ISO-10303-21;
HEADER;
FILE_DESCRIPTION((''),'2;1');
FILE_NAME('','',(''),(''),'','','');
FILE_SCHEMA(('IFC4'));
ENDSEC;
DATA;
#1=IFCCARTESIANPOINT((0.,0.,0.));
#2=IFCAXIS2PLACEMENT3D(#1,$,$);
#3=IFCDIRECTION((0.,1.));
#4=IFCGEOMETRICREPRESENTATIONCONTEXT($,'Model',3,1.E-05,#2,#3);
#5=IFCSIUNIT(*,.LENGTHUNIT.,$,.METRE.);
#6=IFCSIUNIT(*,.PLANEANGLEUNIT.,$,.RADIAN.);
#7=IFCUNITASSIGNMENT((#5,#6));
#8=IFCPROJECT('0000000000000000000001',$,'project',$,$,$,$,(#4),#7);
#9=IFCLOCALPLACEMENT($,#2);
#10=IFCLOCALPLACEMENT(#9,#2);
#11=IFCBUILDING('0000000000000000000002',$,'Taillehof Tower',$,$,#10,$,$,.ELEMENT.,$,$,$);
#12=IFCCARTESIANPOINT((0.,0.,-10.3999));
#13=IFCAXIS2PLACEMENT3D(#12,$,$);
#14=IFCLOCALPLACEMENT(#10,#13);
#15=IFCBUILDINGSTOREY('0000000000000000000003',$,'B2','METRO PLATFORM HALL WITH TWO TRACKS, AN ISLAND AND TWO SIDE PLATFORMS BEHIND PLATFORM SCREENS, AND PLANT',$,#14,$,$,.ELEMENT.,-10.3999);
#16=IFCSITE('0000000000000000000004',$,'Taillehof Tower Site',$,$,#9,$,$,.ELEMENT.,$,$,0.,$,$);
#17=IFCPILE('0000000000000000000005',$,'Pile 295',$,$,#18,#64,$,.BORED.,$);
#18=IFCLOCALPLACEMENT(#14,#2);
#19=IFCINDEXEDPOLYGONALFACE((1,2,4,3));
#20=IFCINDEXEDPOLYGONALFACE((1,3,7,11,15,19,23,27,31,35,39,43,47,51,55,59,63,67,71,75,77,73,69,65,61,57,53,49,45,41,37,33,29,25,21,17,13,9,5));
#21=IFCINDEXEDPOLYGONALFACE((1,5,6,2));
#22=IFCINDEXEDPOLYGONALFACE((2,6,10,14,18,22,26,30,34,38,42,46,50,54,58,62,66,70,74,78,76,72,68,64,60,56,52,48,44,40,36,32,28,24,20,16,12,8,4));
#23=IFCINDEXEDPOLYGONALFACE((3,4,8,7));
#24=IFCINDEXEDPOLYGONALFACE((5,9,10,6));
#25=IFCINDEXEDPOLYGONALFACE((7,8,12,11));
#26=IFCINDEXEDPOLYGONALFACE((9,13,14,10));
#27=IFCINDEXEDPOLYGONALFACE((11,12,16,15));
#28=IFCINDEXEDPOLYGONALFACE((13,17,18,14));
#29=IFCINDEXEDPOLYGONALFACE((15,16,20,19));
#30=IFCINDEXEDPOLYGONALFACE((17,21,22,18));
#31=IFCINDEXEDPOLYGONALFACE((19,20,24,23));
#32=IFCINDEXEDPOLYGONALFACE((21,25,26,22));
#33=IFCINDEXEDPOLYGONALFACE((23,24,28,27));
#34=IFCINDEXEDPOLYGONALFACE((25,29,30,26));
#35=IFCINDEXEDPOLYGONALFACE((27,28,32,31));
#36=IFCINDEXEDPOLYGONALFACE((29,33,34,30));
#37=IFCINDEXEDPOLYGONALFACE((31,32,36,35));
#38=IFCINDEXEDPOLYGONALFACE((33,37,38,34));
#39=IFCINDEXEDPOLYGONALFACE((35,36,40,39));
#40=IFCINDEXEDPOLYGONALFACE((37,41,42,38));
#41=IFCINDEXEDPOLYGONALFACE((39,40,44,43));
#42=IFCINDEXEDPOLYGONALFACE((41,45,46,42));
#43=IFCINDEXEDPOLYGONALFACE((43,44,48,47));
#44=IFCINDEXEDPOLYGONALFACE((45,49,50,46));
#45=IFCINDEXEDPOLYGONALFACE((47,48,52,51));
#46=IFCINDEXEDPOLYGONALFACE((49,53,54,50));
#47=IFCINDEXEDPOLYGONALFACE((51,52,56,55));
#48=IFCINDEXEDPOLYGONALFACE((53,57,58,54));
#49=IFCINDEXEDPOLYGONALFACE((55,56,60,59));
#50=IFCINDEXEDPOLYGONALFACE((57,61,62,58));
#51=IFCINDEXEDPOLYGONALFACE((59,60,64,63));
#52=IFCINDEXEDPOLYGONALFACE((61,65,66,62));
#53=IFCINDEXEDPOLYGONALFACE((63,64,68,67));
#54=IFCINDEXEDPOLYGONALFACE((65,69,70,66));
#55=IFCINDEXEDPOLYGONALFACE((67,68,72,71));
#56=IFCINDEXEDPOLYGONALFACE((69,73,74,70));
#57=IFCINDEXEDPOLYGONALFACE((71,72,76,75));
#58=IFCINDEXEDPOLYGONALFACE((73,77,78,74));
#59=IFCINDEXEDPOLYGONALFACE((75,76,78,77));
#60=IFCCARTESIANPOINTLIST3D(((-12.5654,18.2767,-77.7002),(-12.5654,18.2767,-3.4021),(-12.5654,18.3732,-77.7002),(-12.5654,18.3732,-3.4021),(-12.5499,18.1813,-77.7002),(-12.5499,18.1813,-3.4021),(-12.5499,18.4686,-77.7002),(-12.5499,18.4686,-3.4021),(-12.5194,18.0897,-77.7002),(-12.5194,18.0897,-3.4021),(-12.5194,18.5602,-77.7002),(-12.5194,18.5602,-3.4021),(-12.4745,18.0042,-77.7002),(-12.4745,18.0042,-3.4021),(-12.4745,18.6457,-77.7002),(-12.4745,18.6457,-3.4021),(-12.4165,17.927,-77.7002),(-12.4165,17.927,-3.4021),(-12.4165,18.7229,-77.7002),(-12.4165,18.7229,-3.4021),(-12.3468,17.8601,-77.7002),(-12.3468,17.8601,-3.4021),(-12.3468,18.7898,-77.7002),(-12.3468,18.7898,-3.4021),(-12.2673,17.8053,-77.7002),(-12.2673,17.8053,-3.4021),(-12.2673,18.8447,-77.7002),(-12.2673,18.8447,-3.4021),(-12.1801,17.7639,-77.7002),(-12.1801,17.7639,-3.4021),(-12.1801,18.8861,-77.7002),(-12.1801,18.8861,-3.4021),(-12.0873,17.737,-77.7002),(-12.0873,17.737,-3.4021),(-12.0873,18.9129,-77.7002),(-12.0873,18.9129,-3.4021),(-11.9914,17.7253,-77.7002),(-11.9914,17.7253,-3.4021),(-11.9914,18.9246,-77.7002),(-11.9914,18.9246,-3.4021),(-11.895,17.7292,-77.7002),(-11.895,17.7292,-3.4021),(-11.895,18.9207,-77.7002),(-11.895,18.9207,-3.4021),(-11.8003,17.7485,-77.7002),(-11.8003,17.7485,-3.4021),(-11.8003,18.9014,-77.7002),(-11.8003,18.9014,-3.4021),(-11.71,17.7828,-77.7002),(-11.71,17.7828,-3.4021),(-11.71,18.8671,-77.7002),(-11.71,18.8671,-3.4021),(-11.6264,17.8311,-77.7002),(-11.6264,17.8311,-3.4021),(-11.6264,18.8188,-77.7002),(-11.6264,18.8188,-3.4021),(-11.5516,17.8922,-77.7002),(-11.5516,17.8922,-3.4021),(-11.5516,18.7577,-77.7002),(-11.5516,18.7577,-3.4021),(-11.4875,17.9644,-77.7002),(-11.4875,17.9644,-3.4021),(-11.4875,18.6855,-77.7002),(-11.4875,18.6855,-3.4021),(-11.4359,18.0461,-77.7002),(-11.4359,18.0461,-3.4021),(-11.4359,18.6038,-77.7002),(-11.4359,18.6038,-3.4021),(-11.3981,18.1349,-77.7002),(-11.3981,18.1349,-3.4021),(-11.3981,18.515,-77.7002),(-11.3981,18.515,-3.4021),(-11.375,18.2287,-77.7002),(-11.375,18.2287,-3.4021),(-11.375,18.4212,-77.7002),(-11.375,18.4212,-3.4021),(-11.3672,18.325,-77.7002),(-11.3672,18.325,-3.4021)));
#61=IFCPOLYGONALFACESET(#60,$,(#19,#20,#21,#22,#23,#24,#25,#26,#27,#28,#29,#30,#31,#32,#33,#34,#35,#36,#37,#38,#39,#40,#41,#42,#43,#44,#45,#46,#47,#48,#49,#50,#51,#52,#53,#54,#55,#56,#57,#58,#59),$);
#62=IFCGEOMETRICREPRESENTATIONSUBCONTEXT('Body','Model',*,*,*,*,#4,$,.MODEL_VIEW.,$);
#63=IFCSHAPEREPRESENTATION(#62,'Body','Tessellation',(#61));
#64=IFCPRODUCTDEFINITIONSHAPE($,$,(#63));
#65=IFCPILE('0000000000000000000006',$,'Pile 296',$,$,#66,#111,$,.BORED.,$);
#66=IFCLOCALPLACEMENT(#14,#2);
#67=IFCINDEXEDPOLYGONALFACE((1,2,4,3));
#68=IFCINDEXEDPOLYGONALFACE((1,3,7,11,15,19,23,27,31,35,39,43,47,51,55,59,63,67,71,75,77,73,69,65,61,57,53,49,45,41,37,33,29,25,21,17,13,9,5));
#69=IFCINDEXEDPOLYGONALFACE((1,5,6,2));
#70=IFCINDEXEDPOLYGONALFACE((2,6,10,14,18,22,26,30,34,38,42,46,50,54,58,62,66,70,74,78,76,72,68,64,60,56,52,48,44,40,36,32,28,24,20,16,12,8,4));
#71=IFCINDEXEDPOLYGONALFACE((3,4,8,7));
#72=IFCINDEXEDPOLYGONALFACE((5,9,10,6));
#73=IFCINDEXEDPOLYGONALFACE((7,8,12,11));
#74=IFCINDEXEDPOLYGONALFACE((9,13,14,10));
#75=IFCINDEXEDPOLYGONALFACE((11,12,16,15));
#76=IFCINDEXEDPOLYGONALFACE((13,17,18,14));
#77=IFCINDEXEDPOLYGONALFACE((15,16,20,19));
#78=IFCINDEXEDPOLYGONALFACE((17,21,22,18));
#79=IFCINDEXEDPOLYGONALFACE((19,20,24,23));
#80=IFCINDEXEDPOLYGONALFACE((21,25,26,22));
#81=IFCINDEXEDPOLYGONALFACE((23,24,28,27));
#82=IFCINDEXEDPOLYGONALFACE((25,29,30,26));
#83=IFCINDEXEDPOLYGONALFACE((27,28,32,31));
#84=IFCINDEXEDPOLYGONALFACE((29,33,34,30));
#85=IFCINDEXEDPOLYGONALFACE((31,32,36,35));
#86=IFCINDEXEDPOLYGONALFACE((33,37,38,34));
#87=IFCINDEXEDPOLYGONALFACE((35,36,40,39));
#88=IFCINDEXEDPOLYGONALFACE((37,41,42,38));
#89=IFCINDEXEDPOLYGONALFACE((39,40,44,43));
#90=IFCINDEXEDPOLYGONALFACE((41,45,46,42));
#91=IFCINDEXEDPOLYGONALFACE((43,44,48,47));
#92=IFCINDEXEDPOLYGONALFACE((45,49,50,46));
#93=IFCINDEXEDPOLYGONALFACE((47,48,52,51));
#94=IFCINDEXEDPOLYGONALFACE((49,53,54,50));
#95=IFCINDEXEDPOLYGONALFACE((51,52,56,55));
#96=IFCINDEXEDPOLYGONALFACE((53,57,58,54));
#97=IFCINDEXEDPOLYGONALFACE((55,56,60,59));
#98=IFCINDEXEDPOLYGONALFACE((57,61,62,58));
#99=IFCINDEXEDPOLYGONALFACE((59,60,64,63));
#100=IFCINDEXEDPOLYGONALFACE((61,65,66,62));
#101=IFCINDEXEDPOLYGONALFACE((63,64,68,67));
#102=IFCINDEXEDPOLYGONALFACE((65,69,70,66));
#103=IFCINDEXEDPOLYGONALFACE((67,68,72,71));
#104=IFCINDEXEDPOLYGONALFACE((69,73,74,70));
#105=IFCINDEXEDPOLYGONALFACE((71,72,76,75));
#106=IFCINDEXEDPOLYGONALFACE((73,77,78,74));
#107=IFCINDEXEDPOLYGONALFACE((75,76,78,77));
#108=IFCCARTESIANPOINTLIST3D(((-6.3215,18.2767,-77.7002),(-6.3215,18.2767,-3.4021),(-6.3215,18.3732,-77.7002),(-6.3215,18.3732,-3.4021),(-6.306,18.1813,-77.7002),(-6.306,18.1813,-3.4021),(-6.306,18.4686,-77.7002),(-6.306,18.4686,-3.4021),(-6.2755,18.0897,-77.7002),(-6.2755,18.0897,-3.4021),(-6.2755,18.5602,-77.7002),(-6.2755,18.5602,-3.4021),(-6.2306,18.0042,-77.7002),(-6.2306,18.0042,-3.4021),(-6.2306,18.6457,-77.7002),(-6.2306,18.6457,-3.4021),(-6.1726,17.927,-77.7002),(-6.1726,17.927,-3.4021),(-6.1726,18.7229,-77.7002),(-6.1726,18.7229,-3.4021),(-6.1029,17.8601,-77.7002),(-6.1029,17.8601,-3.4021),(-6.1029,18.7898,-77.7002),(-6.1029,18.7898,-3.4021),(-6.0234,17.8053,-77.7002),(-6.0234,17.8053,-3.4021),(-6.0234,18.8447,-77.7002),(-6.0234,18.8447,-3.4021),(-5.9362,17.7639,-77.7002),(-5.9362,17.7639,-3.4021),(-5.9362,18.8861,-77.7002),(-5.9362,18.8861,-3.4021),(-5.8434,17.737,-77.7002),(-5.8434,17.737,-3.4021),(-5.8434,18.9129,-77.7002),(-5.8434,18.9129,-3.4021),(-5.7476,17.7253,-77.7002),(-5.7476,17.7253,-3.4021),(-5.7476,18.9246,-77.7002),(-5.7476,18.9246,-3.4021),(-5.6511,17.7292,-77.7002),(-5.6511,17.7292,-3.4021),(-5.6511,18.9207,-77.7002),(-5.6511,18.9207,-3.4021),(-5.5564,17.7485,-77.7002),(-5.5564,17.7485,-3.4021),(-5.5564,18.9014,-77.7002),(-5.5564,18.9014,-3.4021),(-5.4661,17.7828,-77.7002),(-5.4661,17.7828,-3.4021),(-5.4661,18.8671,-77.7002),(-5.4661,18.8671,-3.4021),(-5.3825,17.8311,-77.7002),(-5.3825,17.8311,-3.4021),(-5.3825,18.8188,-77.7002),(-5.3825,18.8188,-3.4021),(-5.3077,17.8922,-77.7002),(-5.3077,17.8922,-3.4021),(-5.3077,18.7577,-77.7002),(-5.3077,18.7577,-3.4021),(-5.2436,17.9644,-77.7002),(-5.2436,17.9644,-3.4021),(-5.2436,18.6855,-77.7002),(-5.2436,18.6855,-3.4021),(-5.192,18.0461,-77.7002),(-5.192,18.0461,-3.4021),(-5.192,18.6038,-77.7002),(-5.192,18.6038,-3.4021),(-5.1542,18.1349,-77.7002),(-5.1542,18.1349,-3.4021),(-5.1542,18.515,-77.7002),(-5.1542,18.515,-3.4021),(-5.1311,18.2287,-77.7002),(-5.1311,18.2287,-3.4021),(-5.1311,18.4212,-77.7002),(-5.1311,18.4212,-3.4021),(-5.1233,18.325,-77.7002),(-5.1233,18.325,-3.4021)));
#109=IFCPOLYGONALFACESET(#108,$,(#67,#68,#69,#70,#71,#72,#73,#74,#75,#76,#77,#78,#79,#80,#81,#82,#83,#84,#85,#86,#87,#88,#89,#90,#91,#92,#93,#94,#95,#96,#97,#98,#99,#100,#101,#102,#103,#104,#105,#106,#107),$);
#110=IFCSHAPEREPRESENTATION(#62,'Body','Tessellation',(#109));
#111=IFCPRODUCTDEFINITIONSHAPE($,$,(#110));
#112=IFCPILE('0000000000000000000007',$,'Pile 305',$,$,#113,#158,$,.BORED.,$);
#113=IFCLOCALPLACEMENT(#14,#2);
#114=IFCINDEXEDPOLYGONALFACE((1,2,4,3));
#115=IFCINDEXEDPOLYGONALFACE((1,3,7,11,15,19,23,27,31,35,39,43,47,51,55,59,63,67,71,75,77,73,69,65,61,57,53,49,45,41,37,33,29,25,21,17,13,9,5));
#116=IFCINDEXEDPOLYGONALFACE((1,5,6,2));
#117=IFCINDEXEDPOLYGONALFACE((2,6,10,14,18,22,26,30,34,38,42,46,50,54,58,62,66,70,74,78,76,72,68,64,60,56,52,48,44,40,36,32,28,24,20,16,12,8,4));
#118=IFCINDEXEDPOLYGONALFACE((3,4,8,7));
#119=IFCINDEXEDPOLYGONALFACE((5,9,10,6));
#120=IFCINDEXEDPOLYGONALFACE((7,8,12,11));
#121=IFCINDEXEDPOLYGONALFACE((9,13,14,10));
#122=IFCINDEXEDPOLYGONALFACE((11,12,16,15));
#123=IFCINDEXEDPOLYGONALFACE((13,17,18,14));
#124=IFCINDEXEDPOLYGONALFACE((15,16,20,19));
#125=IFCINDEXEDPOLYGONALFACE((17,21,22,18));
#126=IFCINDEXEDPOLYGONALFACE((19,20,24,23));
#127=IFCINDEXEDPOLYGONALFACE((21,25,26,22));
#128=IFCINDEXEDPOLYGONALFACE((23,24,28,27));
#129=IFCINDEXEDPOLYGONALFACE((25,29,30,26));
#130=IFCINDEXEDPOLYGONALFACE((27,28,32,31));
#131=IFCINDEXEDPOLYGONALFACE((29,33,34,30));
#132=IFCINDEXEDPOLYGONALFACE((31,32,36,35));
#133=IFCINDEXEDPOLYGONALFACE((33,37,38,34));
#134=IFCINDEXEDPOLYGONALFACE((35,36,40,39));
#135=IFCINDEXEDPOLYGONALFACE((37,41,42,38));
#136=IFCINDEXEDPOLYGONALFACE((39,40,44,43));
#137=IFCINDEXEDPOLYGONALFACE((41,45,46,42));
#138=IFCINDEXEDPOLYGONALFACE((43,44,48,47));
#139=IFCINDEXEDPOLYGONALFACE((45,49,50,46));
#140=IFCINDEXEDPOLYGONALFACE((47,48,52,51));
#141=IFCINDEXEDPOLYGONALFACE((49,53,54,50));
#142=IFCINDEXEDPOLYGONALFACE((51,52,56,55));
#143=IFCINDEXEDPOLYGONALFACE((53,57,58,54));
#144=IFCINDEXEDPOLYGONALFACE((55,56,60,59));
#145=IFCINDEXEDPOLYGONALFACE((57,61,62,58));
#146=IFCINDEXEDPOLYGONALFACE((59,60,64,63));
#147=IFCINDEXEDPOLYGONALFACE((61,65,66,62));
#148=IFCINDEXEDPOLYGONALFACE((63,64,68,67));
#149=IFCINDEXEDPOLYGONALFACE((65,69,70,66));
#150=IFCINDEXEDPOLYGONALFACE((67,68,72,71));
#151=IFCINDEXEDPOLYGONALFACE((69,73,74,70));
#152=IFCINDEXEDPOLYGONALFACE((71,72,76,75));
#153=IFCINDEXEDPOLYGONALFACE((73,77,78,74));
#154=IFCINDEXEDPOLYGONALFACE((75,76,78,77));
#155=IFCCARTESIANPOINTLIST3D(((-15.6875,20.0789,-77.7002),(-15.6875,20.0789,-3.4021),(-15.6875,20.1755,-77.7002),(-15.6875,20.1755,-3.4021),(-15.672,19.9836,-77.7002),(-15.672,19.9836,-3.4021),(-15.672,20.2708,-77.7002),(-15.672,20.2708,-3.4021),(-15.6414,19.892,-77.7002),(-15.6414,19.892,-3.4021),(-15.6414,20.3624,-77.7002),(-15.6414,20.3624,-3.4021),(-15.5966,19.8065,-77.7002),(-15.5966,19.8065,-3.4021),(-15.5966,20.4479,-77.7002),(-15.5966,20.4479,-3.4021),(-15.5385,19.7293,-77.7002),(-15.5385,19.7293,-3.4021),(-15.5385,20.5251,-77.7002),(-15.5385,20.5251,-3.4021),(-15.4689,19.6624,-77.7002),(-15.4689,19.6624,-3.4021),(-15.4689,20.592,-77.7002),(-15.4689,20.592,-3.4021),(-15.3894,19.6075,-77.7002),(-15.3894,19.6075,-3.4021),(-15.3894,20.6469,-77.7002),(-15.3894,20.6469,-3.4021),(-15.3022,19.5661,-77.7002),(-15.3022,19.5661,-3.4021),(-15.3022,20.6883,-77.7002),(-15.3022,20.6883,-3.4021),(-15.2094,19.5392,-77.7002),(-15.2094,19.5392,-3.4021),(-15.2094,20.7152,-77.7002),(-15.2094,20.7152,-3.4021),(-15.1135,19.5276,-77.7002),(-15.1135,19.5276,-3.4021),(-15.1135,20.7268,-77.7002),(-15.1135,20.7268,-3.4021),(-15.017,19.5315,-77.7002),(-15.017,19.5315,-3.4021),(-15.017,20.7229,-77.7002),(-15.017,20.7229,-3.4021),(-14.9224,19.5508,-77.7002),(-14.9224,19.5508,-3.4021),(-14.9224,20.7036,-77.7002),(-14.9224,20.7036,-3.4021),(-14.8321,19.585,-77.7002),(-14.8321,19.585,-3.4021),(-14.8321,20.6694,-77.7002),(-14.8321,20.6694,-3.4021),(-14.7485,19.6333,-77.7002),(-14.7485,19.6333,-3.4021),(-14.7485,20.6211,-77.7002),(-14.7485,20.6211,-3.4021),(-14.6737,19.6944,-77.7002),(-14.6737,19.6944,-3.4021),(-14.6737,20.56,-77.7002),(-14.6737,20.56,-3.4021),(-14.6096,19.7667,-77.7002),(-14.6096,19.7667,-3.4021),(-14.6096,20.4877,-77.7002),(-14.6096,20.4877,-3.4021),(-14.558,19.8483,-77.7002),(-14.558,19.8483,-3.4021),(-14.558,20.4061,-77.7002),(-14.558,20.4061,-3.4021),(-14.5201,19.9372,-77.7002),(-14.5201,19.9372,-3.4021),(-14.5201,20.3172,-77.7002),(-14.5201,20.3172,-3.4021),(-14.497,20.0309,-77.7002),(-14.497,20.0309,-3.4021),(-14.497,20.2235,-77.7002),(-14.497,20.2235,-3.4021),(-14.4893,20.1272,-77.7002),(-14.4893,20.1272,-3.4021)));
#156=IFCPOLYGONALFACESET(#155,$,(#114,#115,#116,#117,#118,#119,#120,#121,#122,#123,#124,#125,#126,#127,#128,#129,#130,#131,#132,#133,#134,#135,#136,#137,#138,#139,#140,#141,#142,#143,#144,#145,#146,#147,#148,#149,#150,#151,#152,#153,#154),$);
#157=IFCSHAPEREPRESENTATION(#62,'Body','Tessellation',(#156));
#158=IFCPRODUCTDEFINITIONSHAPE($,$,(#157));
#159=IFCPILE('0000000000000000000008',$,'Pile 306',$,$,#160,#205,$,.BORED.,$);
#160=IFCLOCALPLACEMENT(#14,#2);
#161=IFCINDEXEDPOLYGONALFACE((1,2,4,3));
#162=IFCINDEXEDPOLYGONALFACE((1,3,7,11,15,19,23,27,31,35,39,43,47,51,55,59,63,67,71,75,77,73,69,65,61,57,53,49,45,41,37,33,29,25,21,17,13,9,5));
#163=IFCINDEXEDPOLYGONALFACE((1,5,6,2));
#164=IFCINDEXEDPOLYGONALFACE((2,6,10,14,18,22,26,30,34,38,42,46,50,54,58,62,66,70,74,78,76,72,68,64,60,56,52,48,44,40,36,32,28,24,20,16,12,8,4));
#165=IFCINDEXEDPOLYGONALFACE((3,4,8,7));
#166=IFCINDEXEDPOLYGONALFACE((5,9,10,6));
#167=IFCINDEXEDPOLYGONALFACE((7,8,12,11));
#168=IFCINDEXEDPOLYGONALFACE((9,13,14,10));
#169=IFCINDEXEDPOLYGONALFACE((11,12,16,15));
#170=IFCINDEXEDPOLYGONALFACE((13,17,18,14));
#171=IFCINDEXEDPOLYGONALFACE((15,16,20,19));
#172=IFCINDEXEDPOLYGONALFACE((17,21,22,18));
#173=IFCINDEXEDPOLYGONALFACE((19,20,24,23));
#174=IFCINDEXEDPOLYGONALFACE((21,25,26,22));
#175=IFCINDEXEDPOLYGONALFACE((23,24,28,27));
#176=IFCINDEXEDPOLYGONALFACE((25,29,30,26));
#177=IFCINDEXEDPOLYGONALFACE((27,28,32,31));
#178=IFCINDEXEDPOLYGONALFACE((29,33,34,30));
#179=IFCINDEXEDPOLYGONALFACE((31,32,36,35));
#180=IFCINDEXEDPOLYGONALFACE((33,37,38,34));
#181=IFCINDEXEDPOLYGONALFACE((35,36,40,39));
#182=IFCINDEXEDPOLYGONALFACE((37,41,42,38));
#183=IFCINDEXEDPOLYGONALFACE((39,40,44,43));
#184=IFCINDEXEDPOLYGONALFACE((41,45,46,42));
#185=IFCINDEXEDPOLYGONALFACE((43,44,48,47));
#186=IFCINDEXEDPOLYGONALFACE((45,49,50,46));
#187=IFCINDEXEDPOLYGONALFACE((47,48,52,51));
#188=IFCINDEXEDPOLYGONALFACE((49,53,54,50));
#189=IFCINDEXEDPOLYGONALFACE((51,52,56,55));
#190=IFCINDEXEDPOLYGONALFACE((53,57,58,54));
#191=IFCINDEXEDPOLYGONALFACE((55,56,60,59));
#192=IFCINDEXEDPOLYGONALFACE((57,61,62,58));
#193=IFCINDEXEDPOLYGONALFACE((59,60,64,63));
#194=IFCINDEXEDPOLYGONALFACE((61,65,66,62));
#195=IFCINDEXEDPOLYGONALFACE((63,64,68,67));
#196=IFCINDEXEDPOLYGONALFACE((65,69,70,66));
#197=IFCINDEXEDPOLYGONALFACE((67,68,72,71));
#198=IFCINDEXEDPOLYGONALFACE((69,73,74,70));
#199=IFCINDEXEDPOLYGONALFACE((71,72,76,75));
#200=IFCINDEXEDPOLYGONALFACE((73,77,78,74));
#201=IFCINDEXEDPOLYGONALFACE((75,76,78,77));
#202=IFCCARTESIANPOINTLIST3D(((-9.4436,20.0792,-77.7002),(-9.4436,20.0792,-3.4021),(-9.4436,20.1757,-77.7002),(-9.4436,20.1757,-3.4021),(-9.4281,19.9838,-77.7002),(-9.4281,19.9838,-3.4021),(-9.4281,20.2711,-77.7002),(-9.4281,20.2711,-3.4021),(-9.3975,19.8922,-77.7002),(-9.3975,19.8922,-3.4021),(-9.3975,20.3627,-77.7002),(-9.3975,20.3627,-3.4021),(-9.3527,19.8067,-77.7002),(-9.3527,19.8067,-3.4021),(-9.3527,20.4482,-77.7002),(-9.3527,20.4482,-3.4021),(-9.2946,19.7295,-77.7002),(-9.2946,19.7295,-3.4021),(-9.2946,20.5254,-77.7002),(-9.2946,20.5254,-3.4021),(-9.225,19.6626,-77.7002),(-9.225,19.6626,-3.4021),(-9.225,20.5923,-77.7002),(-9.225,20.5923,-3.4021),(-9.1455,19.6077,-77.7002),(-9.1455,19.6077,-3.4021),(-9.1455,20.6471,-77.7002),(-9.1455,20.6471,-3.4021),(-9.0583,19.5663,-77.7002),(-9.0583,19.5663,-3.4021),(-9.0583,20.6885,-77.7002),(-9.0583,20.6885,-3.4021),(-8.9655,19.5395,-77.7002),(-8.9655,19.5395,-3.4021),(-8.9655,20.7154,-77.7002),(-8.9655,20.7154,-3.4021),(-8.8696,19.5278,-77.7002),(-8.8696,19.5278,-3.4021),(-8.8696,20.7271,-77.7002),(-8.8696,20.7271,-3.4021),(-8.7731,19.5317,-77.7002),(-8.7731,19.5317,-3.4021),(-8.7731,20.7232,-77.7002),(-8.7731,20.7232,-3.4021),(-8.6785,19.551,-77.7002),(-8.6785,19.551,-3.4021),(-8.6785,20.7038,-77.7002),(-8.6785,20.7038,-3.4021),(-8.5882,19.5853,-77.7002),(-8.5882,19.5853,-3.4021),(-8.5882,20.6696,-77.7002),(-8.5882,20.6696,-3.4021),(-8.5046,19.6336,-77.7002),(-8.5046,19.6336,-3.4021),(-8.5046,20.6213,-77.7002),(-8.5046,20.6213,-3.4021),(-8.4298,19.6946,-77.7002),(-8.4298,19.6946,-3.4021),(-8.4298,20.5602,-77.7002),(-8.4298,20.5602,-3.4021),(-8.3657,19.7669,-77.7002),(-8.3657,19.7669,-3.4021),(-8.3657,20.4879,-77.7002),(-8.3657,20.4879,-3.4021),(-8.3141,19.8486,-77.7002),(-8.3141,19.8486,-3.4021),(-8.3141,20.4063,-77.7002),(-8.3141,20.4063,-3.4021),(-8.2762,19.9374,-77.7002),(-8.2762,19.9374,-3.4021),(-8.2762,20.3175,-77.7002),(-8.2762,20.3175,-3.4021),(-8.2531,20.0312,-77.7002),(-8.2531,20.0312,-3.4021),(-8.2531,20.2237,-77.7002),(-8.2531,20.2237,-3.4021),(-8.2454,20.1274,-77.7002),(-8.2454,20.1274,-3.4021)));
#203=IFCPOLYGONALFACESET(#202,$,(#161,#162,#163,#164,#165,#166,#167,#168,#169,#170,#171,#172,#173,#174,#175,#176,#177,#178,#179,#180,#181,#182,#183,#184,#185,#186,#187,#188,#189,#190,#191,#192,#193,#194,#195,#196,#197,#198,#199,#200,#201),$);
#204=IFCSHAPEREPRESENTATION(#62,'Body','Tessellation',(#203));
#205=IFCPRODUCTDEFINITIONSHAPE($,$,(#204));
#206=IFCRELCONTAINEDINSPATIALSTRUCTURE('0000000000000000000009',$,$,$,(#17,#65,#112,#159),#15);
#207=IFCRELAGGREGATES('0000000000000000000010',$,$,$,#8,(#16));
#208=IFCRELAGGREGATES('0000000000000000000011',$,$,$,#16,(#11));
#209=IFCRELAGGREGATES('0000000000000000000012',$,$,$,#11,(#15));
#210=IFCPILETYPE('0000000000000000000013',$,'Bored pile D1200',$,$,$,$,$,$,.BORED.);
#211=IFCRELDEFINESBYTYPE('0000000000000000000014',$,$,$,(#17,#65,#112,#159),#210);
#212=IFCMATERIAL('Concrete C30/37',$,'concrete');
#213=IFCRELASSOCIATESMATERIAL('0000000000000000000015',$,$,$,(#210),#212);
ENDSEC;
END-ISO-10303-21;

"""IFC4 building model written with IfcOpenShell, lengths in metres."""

from ifc_helpers import new_model, si_unit, direction, frame, origin, origin_2d, place, context, subcontext, project, spatial, circle, extrude, material, material_profile, profile_set, type_object, element, save


model = new_model("IFC4")

# Units and contexts
model_context = context("Model", 3, precision=1e-05, world=origin(), true_north=direction((0.0, 1.0)))
body_context = subcontext(model_context, "Body", "Model", "MODEL_VIEW")
ifc_project = project(units=[si_unit("LENGTHUNIT", "METRE"), si_unit("PLANEANGLEUNIT", "RADIAN")], contexts=[model_context])

# Site, building, storey
site_placement = place(None, origin())
site = spatial("IfcSite", under=ifc_project, at=site_placement, Name="Taillehof Tower Site", CompositionType="ELEMENT", RefElevation=0.0)
building_placement = place(site_placement, origin())
building = spatial("IfcBuilding", under=site, at=building_placement, Name="Taillehof Tower", CompositionType="ELEMENT")
storey_placement = place(building_placement, frame((0.0, 0.0, -10.3999)))
storey = spatial("IfcBuildingStorey", under=building, at=storey_placement, Name="B2", Description="METRO PLATFORM HALL WITH TWO TRACKS, AN ISLAND AND TWO SIDE PLATFORMS BEHIND PLATFORM SCREENS, AND PLANT", CompositionType="ELEMENT", Elevation=-10.3999)

# Piles
ifc_material_1 = material(Name="Concrete C30/37", Category="concrete")
ifc_material_profile_1 = material_profile(ifc_material_1, circle(Radius=0.6001, at=origin_2d()), Name="BP D1200")
ifc_profile_set_1 = profile_set([ifc_material_profile_1], Name="Concrete C30/37")
pile_type = type_object("IfcPileType", Name="Bored pile D1200", PredefinedType="BORED", material=ifc_profile_set_1)
for number, where, z_axis, x_axis, name in (
    (1, (-11.9673, 18.325, -3.4021), (0.0, 0.0, -1.0), (1.0, 0.0, 0.0), "Pile 295"),
    (2, (-5.7234, 18.325, -3.4021), (0.0, 0.0, -1.0), (1.0, 0.0, 0.0), "Pile 296"),
    (3, (-15.0894, 20.1272, -3.4021), (0.0, 0.0, -1.0), (1.0, 0.0, 0.0), "Pile 305"),
    (4, (-8.8455, 20.1274, -3.4021), (0.0, 0.0, -1.0), (1.0, 0.0, 0.0), "Pile 306"),
):
    element("IfcPile", number, at=place(storey_placement, frame(where, z_axis=z_axis, x_axis=x_axis)), inside=storey, type_object=pile_type, Name=name, PredefinedType="BORED", context=body_context, shape_type="SweptSolid", body=[
        extrude(circle(Radius=0.6001, at=origin_2d()), origin(), (0.0, 0.0, 1.0), 74.2981),
    ])

save(model, "model.ifc")
